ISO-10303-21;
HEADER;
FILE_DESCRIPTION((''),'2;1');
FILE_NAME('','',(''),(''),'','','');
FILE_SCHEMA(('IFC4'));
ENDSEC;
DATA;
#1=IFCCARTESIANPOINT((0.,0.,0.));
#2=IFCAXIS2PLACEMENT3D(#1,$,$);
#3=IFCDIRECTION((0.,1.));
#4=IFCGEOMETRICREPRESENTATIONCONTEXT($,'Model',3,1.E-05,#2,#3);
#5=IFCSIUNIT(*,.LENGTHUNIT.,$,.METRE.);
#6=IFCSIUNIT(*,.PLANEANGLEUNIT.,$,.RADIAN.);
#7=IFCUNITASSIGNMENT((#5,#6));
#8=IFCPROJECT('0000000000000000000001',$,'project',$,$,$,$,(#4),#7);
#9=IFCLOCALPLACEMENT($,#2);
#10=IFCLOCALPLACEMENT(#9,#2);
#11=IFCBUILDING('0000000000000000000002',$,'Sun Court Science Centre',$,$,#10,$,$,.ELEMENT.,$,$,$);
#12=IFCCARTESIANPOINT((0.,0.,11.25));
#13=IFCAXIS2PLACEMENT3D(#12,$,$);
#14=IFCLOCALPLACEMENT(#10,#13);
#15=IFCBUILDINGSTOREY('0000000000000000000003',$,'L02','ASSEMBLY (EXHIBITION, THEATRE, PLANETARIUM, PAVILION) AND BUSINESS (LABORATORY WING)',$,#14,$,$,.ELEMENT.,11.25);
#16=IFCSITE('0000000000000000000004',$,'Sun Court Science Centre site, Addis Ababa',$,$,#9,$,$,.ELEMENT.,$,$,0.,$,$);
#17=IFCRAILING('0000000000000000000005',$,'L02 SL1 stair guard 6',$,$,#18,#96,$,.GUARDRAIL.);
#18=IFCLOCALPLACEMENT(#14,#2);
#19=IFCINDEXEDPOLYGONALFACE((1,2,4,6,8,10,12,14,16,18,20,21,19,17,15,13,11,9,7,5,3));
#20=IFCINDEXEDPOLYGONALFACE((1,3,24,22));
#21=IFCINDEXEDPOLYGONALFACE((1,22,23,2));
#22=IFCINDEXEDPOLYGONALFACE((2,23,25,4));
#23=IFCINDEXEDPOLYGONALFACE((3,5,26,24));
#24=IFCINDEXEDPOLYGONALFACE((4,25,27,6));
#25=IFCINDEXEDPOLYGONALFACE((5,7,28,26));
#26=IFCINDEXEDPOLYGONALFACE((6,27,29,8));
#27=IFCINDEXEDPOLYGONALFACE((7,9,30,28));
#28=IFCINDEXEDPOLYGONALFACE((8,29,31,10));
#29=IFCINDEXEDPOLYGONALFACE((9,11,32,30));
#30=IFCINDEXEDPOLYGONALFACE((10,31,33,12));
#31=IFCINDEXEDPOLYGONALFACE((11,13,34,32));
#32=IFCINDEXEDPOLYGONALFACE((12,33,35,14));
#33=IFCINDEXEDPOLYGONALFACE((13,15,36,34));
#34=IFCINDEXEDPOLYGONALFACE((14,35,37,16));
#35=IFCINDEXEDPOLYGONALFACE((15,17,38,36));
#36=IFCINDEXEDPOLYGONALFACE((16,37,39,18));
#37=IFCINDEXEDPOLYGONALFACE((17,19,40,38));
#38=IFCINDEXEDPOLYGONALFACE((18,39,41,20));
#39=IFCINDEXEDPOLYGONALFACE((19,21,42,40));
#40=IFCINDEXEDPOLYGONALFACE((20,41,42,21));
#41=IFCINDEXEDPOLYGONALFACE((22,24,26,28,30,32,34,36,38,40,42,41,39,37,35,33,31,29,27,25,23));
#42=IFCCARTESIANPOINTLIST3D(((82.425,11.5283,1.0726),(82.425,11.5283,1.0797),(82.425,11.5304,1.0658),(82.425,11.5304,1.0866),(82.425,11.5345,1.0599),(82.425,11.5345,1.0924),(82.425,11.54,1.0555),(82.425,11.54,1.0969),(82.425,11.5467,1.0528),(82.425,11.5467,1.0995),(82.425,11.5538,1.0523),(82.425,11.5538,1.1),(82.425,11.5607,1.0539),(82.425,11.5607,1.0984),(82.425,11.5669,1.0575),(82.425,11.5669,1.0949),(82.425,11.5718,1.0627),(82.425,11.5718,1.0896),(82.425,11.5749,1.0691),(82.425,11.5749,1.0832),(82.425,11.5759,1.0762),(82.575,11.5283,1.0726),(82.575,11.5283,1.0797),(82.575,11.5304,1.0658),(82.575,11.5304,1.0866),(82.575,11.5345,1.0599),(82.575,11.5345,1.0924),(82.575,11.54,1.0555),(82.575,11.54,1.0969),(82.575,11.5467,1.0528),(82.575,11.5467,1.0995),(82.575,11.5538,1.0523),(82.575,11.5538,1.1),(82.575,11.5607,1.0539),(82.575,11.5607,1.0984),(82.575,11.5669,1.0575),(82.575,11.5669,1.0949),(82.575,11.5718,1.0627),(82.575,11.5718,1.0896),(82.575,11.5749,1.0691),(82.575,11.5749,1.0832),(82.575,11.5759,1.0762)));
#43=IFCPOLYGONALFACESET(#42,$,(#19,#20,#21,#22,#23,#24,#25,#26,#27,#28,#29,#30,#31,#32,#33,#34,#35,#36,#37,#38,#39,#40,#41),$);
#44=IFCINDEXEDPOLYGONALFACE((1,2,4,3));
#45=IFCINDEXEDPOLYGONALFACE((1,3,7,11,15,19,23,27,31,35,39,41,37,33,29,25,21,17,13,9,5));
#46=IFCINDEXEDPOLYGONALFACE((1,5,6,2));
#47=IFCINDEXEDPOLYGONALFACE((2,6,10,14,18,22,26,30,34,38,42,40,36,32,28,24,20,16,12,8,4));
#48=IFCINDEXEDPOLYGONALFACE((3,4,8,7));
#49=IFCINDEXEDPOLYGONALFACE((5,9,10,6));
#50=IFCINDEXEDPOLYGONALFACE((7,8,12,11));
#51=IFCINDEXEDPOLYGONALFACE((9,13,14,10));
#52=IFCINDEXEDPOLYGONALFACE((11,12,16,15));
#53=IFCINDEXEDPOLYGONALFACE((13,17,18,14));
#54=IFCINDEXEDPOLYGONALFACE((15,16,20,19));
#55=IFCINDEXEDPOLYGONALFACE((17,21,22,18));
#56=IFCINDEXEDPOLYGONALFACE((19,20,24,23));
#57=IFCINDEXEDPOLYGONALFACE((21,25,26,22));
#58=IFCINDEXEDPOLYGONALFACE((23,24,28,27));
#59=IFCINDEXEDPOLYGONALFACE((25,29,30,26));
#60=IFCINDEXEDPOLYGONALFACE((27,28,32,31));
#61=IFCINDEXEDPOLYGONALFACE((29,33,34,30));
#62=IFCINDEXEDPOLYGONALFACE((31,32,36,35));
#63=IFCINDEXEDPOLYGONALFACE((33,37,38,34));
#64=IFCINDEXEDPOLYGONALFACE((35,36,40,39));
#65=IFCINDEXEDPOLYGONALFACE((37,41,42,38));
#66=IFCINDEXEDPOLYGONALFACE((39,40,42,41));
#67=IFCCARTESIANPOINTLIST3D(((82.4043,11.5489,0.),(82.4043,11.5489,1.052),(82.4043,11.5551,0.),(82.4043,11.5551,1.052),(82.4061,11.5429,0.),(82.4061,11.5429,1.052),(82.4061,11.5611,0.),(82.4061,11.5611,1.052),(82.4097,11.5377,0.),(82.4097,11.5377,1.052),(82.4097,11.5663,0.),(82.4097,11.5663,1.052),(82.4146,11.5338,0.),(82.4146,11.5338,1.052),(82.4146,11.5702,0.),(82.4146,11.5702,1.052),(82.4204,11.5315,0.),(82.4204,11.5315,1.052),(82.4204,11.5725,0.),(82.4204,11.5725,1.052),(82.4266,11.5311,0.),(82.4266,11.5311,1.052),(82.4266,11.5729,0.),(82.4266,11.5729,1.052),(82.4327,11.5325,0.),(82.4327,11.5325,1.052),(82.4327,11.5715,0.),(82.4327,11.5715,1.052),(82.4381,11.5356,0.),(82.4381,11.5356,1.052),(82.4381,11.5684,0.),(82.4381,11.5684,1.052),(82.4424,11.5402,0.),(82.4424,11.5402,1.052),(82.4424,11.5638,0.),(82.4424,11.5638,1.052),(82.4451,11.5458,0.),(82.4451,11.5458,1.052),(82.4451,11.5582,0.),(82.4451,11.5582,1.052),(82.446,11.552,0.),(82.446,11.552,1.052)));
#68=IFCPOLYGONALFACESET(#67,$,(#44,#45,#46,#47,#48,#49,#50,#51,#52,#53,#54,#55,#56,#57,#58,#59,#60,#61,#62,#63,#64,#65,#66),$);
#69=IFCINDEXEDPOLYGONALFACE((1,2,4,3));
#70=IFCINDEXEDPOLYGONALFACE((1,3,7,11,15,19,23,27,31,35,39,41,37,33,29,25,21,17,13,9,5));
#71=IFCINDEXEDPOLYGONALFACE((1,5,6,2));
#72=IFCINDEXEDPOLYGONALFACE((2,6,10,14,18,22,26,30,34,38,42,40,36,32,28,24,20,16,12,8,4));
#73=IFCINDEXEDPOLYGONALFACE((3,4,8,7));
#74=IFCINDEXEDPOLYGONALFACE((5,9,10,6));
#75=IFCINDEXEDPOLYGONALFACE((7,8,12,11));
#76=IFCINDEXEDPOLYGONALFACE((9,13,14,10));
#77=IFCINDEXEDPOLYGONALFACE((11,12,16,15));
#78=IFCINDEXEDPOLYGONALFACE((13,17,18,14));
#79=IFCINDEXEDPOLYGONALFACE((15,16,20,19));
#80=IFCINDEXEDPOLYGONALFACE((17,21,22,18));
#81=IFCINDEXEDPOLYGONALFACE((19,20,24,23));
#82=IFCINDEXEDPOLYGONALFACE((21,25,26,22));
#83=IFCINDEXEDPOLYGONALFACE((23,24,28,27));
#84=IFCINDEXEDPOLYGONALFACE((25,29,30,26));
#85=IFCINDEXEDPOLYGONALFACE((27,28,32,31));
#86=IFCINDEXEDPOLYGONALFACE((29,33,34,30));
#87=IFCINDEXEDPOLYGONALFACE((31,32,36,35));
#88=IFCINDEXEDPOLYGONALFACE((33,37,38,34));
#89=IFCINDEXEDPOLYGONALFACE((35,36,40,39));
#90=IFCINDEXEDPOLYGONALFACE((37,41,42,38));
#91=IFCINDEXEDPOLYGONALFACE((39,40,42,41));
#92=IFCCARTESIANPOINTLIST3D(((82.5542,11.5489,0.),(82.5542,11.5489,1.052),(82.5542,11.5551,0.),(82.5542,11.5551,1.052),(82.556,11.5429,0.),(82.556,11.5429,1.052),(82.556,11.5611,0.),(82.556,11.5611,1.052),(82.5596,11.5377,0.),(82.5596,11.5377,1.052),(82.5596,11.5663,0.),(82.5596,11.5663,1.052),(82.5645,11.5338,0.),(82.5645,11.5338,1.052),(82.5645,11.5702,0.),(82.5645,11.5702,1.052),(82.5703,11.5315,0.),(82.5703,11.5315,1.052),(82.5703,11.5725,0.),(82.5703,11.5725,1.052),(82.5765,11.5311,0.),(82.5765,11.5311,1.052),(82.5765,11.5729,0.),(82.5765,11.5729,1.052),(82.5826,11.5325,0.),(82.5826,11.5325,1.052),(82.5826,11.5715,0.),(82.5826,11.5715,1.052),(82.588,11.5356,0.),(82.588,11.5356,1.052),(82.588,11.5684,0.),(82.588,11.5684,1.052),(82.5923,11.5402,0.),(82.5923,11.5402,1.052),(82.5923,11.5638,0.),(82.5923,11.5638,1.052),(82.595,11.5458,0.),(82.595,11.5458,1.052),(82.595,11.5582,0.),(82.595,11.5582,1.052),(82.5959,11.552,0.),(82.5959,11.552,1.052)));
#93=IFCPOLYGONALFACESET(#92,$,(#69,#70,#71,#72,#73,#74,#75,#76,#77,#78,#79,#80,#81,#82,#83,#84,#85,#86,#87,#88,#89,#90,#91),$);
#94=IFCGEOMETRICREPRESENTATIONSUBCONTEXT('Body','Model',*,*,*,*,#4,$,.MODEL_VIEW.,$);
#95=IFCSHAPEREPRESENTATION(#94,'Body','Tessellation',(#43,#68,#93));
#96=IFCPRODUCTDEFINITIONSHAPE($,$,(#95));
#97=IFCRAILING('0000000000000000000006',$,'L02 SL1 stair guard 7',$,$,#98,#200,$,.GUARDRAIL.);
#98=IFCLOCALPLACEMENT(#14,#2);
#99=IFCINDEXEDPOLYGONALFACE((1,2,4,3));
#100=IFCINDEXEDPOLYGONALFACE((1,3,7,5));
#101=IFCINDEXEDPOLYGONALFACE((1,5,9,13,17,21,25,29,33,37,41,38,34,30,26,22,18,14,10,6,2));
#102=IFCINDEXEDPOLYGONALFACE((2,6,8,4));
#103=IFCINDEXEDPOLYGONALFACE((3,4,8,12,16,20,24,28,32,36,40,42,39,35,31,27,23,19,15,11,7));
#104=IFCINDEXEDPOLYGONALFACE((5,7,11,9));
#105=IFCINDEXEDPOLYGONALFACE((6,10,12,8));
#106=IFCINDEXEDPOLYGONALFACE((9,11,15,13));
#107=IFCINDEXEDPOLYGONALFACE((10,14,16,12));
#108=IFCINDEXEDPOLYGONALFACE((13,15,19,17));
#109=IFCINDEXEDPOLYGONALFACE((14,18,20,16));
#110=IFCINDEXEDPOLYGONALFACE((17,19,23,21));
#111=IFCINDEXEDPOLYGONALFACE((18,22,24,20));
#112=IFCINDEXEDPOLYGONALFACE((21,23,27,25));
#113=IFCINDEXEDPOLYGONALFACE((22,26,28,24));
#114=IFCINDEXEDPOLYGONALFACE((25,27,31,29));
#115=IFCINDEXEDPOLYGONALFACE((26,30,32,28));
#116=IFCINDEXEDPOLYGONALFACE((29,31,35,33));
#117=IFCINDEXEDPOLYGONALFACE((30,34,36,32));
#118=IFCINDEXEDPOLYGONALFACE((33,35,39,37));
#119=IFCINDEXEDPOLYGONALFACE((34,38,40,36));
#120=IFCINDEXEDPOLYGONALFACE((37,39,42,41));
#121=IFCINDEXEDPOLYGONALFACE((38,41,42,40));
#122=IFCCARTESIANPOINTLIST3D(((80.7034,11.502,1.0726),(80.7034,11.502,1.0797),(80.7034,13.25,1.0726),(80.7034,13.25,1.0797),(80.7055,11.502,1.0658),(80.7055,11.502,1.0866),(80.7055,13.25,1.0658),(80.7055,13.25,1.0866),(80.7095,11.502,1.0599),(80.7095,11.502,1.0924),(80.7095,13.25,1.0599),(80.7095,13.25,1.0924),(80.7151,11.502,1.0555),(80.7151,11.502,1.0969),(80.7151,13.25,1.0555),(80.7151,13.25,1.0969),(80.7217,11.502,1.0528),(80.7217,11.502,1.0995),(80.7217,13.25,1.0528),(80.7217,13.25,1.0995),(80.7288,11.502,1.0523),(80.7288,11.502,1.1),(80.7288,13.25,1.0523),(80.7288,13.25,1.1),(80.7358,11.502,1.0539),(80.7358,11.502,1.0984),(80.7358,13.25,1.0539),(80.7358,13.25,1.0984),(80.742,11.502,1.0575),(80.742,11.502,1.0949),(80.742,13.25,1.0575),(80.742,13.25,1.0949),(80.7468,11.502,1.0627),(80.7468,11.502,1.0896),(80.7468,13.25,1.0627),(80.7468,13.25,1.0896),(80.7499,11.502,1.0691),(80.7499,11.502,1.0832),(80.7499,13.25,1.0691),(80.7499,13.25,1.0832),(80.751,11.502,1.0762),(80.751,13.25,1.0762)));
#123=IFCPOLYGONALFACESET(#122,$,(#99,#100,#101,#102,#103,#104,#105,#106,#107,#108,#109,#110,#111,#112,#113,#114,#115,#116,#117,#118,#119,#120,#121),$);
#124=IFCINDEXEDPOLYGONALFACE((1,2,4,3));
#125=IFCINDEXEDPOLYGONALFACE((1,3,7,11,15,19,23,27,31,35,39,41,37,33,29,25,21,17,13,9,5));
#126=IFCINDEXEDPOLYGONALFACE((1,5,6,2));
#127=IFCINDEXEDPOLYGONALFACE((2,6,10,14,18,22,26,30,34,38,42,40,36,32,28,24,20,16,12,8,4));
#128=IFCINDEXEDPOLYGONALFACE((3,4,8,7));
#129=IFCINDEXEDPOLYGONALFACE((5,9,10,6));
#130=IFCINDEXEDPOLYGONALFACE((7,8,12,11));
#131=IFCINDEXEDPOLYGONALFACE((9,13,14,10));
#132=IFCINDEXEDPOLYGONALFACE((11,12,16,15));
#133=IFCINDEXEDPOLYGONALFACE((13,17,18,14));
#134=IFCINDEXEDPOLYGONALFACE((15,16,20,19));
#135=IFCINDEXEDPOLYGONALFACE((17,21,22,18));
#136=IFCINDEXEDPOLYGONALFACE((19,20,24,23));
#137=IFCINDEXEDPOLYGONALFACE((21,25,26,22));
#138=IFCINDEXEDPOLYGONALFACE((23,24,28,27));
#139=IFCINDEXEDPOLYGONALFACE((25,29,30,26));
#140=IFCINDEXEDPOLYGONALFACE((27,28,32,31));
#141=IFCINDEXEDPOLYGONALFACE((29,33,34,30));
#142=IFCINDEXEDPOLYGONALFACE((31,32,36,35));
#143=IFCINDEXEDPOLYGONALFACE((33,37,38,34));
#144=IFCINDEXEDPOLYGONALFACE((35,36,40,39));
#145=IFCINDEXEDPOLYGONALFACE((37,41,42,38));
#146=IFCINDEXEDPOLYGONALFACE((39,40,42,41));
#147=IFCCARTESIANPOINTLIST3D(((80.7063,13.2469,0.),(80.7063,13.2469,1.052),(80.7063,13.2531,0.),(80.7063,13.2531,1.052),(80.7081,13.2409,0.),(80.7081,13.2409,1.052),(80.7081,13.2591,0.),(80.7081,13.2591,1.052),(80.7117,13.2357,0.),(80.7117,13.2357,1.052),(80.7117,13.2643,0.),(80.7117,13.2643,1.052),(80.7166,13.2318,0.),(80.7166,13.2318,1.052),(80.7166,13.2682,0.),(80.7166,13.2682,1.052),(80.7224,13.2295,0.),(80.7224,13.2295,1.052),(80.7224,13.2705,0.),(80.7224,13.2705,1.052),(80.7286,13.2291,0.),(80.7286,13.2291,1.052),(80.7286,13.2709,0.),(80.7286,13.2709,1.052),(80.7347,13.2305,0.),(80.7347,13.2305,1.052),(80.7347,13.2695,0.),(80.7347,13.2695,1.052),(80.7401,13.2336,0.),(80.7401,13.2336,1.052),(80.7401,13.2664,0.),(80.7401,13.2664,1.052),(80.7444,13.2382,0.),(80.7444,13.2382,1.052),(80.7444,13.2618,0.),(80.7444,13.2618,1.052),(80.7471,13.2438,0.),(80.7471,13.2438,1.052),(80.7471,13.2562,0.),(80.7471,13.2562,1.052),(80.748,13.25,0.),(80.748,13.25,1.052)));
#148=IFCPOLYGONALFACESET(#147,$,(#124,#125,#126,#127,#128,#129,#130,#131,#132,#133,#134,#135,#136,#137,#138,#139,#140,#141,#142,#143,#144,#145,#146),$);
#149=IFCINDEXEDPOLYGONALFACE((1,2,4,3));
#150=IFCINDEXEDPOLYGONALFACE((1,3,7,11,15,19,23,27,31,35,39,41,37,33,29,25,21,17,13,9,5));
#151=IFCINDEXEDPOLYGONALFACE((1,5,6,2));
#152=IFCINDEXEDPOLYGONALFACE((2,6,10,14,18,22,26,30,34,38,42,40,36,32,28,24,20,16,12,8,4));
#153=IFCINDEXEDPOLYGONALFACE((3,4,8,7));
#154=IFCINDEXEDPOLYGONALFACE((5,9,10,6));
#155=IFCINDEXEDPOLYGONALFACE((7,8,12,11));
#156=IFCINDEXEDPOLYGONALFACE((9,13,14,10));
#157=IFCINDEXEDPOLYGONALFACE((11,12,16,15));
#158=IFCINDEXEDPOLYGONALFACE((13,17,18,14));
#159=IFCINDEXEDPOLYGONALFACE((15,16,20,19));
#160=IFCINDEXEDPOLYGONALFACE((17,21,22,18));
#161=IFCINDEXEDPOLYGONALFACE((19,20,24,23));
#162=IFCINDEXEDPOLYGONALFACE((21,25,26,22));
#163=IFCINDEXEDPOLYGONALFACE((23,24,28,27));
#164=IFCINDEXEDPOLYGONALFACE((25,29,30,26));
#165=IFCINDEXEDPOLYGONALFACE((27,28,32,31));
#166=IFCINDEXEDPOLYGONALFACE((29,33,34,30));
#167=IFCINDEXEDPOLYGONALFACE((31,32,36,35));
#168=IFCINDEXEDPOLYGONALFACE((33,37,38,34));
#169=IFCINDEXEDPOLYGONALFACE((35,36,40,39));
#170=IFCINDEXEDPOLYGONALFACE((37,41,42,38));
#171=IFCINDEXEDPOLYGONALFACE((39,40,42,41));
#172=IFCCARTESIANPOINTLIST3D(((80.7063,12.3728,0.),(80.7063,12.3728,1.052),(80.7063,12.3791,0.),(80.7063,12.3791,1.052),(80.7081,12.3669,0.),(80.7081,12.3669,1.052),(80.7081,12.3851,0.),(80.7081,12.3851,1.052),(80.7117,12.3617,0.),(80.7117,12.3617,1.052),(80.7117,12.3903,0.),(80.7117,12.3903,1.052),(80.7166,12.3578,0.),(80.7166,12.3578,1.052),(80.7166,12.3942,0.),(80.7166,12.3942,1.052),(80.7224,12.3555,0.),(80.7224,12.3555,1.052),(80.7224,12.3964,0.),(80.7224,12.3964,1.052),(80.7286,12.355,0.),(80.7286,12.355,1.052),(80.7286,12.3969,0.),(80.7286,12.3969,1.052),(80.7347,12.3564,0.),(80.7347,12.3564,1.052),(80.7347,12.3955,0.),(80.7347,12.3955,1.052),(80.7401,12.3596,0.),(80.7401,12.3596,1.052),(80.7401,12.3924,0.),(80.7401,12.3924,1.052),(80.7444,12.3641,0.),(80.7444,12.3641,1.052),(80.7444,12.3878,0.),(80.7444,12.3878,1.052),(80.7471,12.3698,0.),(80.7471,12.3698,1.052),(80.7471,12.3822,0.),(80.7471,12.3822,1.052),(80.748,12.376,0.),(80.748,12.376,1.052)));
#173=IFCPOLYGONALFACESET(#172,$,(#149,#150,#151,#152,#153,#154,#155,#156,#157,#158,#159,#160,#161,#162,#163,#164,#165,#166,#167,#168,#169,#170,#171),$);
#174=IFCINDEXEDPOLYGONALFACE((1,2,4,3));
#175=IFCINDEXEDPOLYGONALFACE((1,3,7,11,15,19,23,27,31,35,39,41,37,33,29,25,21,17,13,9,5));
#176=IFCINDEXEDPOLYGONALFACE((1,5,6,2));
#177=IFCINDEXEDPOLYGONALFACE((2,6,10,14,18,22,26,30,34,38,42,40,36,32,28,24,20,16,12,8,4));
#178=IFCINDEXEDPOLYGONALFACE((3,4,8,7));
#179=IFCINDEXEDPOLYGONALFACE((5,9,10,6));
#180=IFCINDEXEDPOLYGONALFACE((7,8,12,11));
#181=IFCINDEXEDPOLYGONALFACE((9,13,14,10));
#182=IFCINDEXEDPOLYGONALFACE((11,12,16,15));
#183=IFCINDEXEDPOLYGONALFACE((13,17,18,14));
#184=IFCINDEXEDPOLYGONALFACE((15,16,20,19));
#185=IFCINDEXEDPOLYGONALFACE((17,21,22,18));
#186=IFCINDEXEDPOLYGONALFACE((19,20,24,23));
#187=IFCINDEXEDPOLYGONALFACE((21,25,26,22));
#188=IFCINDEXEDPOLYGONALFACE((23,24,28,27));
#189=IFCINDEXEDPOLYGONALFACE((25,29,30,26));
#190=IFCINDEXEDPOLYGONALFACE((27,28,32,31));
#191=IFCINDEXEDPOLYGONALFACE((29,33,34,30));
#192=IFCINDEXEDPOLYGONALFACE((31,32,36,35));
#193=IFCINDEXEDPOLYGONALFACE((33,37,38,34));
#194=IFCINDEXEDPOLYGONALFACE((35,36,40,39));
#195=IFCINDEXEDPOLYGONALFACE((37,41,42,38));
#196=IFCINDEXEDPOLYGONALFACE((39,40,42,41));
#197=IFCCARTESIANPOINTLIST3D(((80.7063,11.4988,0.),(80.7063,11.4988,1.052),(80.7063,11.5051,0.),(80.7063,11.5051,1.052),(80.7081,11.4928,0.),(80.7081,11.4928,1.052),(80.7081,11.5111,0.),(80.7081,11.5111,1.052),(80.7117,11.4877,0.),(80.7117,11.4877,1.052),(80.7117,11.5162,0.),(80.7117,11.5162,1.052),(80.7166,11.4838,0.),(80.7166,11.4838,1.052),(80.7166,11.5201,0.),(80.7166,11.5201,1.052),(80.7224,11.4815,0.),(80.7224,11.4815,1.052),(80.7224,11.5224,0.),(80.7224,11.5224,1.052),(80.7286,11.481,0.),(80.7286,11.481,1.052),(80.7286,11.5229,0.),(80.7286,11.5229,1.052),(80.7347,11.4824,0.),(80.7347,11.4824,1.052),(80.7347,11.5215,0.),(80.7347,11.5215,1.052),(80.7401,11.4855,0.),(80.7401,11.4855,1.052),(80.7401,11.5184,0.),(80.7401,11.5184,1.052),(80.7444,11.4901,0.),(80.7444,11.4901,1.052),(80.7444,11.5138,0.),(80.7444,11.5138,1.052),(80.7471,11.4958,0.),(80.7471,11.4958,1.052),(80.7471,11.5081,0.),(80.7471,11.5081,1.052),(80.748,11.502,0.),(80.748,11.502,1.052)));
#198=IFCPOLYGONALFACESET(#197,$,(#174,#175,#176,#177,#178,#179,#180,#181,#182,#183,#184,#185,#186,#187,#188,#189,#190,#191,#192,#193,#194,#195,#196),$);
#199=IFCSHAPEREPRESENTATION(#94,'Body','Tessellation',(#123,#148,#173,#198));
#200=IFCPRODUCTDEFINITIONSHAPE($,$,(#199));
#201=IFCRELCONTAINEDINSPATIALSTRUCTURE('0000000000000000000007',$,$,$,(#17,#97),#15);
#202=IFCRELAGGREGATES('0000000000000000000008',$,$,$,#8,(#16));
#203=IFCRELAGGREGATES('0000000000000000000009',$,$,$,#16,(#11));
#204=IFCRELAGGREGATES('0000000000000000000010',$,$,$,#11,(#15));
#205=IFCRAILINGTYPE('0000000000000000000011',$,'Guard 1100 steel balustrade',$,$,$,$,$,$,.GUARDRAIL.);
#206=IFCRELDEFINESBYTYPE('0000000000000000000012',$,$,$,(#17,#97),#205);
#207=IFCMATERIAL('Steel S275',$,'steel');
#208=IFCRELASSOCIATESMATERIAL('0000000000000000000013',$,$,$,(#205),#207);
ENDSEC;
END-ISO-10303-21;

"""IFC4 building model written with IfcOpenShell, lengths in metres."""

from ifc_helpers import new_model, si_unit, direction, frame, origin, origin_2d, place, context, subcontext, project, spatial, circle, extrude, material, type_object, element, save


model = new_model("IFC4")

# Units and contexts
model_context = context("Model", 3, precision=1e-05, world=origin(), true_north=direction((0.0, 1.0)))
body_context = subcontext(model_context, "Body", "Model", "MODEL_VIEW")
ifc_project = project(units=[si_unit("LENGTHUNIT", "METRE"), si_unit("PLANEANGLEUNIT", "RADIAN")], contexts=[model_context])

# Site, building, storey
site_placement = place(None, origin())
site = spatial("IfcSite", under=ifc_project, at=site_placement, Name="Sun Court Science Centre site, Addis Ababa", CompositionType="ELEMENT", RefElevation=0.0)
building_placement = place(site_placement, origin())
building = spatial("IfcBuilding", under=site, at=building_placement, Name="Sun Court Science Centre", CompositionType="ELEMENT")
storey_placement = place(building_placement, frame((0.0, 0.0, 11.25)))
storey = spatial("IfcBuildingStorey", under=building, at=storey_placement, Name="L02", Description="ASSEMBLY (EXHIBITION, THEATRE, PLANETARIUM, PAVILION) AND BUSINESS (LABORATORY WING)", CompositionType="ELEMENT", Elevation=11.25)

# Railings
ifc_material_1 = material(Name="Steel S275", Category="steel")
railing_type_1 = type_object("IfcRailingType", Name="Guard 1100 steel balustrade", PredefinedType="GUARDRAIL", material=ifc_material_1)
railing_1_placement = place(storey_placement, frame((82.425, 11.552, 0.0)))
element("IfcRailing", 1, at=railing_1_placement, inside=storey, type_object=railing_type_1, Name="L02 SL1 stair guard 6", PredefinedType="GUARDRAIL", context=body_context, shape_type="SweptSolid", body=[
    extrude(circle(Radius=0.0239, at=origin_2d()), frame((0.0, 0.0, 1.0762), z_axis=(1.0, 0.0, 0.0), x_axis=(0.0, 1.0, 0.0)), (0.0, 0.0, 1.0), 0.1499),
    extrude(circle(Radius=0.021, at=origin_2d()), origin(), (0.0, 0.0, 1.0), 1.052),
    extrude(circle(Radius=0.021, at=origin_2d()), frame((0.1499, 0.0, 0.0)), (0.0, 0.0, 1.0), 1.052),
])
for number, where, name in (
    (2, (80.7271, 13.25, 0.0), "L02 SL1 stair guard 7"),
):
    element("IfcRailing", number, at=place(storey_placement, frame(where)), inside=storey, type_object=railing_type_1, Name=name, PredefinedType="GUARDRAIL", context=body_context, shape_type="SweptSolid", body=[
        extrude(circle(Radius=0.0239, at=origin_2d()), frame((0.0, 0.0, 1.0762), z_axis=(0.0, -1.0, 0.0), x_axis=(1.0, 0.0, 0.0)), (0.0, 0.0, 1.0), 1.748),
        extrude(circle(Radius=0.021, at=origin_2d()), origin(), (0.0, 0.0, 1.0), 1.052),
        extrude(circle(Radius=0.021, at=origin_2d()), frame((0.0, -0.874, 0.0)), (0.0, 0.0, 1.0), 1.052),
        extrude(circle(Radius=0.021, at=origin_2d()), frame((0.0, -1.748, 0.0)), (0.0, 0.0, 1.0), 1.052),
    ])

save(model, "model.ifc")
